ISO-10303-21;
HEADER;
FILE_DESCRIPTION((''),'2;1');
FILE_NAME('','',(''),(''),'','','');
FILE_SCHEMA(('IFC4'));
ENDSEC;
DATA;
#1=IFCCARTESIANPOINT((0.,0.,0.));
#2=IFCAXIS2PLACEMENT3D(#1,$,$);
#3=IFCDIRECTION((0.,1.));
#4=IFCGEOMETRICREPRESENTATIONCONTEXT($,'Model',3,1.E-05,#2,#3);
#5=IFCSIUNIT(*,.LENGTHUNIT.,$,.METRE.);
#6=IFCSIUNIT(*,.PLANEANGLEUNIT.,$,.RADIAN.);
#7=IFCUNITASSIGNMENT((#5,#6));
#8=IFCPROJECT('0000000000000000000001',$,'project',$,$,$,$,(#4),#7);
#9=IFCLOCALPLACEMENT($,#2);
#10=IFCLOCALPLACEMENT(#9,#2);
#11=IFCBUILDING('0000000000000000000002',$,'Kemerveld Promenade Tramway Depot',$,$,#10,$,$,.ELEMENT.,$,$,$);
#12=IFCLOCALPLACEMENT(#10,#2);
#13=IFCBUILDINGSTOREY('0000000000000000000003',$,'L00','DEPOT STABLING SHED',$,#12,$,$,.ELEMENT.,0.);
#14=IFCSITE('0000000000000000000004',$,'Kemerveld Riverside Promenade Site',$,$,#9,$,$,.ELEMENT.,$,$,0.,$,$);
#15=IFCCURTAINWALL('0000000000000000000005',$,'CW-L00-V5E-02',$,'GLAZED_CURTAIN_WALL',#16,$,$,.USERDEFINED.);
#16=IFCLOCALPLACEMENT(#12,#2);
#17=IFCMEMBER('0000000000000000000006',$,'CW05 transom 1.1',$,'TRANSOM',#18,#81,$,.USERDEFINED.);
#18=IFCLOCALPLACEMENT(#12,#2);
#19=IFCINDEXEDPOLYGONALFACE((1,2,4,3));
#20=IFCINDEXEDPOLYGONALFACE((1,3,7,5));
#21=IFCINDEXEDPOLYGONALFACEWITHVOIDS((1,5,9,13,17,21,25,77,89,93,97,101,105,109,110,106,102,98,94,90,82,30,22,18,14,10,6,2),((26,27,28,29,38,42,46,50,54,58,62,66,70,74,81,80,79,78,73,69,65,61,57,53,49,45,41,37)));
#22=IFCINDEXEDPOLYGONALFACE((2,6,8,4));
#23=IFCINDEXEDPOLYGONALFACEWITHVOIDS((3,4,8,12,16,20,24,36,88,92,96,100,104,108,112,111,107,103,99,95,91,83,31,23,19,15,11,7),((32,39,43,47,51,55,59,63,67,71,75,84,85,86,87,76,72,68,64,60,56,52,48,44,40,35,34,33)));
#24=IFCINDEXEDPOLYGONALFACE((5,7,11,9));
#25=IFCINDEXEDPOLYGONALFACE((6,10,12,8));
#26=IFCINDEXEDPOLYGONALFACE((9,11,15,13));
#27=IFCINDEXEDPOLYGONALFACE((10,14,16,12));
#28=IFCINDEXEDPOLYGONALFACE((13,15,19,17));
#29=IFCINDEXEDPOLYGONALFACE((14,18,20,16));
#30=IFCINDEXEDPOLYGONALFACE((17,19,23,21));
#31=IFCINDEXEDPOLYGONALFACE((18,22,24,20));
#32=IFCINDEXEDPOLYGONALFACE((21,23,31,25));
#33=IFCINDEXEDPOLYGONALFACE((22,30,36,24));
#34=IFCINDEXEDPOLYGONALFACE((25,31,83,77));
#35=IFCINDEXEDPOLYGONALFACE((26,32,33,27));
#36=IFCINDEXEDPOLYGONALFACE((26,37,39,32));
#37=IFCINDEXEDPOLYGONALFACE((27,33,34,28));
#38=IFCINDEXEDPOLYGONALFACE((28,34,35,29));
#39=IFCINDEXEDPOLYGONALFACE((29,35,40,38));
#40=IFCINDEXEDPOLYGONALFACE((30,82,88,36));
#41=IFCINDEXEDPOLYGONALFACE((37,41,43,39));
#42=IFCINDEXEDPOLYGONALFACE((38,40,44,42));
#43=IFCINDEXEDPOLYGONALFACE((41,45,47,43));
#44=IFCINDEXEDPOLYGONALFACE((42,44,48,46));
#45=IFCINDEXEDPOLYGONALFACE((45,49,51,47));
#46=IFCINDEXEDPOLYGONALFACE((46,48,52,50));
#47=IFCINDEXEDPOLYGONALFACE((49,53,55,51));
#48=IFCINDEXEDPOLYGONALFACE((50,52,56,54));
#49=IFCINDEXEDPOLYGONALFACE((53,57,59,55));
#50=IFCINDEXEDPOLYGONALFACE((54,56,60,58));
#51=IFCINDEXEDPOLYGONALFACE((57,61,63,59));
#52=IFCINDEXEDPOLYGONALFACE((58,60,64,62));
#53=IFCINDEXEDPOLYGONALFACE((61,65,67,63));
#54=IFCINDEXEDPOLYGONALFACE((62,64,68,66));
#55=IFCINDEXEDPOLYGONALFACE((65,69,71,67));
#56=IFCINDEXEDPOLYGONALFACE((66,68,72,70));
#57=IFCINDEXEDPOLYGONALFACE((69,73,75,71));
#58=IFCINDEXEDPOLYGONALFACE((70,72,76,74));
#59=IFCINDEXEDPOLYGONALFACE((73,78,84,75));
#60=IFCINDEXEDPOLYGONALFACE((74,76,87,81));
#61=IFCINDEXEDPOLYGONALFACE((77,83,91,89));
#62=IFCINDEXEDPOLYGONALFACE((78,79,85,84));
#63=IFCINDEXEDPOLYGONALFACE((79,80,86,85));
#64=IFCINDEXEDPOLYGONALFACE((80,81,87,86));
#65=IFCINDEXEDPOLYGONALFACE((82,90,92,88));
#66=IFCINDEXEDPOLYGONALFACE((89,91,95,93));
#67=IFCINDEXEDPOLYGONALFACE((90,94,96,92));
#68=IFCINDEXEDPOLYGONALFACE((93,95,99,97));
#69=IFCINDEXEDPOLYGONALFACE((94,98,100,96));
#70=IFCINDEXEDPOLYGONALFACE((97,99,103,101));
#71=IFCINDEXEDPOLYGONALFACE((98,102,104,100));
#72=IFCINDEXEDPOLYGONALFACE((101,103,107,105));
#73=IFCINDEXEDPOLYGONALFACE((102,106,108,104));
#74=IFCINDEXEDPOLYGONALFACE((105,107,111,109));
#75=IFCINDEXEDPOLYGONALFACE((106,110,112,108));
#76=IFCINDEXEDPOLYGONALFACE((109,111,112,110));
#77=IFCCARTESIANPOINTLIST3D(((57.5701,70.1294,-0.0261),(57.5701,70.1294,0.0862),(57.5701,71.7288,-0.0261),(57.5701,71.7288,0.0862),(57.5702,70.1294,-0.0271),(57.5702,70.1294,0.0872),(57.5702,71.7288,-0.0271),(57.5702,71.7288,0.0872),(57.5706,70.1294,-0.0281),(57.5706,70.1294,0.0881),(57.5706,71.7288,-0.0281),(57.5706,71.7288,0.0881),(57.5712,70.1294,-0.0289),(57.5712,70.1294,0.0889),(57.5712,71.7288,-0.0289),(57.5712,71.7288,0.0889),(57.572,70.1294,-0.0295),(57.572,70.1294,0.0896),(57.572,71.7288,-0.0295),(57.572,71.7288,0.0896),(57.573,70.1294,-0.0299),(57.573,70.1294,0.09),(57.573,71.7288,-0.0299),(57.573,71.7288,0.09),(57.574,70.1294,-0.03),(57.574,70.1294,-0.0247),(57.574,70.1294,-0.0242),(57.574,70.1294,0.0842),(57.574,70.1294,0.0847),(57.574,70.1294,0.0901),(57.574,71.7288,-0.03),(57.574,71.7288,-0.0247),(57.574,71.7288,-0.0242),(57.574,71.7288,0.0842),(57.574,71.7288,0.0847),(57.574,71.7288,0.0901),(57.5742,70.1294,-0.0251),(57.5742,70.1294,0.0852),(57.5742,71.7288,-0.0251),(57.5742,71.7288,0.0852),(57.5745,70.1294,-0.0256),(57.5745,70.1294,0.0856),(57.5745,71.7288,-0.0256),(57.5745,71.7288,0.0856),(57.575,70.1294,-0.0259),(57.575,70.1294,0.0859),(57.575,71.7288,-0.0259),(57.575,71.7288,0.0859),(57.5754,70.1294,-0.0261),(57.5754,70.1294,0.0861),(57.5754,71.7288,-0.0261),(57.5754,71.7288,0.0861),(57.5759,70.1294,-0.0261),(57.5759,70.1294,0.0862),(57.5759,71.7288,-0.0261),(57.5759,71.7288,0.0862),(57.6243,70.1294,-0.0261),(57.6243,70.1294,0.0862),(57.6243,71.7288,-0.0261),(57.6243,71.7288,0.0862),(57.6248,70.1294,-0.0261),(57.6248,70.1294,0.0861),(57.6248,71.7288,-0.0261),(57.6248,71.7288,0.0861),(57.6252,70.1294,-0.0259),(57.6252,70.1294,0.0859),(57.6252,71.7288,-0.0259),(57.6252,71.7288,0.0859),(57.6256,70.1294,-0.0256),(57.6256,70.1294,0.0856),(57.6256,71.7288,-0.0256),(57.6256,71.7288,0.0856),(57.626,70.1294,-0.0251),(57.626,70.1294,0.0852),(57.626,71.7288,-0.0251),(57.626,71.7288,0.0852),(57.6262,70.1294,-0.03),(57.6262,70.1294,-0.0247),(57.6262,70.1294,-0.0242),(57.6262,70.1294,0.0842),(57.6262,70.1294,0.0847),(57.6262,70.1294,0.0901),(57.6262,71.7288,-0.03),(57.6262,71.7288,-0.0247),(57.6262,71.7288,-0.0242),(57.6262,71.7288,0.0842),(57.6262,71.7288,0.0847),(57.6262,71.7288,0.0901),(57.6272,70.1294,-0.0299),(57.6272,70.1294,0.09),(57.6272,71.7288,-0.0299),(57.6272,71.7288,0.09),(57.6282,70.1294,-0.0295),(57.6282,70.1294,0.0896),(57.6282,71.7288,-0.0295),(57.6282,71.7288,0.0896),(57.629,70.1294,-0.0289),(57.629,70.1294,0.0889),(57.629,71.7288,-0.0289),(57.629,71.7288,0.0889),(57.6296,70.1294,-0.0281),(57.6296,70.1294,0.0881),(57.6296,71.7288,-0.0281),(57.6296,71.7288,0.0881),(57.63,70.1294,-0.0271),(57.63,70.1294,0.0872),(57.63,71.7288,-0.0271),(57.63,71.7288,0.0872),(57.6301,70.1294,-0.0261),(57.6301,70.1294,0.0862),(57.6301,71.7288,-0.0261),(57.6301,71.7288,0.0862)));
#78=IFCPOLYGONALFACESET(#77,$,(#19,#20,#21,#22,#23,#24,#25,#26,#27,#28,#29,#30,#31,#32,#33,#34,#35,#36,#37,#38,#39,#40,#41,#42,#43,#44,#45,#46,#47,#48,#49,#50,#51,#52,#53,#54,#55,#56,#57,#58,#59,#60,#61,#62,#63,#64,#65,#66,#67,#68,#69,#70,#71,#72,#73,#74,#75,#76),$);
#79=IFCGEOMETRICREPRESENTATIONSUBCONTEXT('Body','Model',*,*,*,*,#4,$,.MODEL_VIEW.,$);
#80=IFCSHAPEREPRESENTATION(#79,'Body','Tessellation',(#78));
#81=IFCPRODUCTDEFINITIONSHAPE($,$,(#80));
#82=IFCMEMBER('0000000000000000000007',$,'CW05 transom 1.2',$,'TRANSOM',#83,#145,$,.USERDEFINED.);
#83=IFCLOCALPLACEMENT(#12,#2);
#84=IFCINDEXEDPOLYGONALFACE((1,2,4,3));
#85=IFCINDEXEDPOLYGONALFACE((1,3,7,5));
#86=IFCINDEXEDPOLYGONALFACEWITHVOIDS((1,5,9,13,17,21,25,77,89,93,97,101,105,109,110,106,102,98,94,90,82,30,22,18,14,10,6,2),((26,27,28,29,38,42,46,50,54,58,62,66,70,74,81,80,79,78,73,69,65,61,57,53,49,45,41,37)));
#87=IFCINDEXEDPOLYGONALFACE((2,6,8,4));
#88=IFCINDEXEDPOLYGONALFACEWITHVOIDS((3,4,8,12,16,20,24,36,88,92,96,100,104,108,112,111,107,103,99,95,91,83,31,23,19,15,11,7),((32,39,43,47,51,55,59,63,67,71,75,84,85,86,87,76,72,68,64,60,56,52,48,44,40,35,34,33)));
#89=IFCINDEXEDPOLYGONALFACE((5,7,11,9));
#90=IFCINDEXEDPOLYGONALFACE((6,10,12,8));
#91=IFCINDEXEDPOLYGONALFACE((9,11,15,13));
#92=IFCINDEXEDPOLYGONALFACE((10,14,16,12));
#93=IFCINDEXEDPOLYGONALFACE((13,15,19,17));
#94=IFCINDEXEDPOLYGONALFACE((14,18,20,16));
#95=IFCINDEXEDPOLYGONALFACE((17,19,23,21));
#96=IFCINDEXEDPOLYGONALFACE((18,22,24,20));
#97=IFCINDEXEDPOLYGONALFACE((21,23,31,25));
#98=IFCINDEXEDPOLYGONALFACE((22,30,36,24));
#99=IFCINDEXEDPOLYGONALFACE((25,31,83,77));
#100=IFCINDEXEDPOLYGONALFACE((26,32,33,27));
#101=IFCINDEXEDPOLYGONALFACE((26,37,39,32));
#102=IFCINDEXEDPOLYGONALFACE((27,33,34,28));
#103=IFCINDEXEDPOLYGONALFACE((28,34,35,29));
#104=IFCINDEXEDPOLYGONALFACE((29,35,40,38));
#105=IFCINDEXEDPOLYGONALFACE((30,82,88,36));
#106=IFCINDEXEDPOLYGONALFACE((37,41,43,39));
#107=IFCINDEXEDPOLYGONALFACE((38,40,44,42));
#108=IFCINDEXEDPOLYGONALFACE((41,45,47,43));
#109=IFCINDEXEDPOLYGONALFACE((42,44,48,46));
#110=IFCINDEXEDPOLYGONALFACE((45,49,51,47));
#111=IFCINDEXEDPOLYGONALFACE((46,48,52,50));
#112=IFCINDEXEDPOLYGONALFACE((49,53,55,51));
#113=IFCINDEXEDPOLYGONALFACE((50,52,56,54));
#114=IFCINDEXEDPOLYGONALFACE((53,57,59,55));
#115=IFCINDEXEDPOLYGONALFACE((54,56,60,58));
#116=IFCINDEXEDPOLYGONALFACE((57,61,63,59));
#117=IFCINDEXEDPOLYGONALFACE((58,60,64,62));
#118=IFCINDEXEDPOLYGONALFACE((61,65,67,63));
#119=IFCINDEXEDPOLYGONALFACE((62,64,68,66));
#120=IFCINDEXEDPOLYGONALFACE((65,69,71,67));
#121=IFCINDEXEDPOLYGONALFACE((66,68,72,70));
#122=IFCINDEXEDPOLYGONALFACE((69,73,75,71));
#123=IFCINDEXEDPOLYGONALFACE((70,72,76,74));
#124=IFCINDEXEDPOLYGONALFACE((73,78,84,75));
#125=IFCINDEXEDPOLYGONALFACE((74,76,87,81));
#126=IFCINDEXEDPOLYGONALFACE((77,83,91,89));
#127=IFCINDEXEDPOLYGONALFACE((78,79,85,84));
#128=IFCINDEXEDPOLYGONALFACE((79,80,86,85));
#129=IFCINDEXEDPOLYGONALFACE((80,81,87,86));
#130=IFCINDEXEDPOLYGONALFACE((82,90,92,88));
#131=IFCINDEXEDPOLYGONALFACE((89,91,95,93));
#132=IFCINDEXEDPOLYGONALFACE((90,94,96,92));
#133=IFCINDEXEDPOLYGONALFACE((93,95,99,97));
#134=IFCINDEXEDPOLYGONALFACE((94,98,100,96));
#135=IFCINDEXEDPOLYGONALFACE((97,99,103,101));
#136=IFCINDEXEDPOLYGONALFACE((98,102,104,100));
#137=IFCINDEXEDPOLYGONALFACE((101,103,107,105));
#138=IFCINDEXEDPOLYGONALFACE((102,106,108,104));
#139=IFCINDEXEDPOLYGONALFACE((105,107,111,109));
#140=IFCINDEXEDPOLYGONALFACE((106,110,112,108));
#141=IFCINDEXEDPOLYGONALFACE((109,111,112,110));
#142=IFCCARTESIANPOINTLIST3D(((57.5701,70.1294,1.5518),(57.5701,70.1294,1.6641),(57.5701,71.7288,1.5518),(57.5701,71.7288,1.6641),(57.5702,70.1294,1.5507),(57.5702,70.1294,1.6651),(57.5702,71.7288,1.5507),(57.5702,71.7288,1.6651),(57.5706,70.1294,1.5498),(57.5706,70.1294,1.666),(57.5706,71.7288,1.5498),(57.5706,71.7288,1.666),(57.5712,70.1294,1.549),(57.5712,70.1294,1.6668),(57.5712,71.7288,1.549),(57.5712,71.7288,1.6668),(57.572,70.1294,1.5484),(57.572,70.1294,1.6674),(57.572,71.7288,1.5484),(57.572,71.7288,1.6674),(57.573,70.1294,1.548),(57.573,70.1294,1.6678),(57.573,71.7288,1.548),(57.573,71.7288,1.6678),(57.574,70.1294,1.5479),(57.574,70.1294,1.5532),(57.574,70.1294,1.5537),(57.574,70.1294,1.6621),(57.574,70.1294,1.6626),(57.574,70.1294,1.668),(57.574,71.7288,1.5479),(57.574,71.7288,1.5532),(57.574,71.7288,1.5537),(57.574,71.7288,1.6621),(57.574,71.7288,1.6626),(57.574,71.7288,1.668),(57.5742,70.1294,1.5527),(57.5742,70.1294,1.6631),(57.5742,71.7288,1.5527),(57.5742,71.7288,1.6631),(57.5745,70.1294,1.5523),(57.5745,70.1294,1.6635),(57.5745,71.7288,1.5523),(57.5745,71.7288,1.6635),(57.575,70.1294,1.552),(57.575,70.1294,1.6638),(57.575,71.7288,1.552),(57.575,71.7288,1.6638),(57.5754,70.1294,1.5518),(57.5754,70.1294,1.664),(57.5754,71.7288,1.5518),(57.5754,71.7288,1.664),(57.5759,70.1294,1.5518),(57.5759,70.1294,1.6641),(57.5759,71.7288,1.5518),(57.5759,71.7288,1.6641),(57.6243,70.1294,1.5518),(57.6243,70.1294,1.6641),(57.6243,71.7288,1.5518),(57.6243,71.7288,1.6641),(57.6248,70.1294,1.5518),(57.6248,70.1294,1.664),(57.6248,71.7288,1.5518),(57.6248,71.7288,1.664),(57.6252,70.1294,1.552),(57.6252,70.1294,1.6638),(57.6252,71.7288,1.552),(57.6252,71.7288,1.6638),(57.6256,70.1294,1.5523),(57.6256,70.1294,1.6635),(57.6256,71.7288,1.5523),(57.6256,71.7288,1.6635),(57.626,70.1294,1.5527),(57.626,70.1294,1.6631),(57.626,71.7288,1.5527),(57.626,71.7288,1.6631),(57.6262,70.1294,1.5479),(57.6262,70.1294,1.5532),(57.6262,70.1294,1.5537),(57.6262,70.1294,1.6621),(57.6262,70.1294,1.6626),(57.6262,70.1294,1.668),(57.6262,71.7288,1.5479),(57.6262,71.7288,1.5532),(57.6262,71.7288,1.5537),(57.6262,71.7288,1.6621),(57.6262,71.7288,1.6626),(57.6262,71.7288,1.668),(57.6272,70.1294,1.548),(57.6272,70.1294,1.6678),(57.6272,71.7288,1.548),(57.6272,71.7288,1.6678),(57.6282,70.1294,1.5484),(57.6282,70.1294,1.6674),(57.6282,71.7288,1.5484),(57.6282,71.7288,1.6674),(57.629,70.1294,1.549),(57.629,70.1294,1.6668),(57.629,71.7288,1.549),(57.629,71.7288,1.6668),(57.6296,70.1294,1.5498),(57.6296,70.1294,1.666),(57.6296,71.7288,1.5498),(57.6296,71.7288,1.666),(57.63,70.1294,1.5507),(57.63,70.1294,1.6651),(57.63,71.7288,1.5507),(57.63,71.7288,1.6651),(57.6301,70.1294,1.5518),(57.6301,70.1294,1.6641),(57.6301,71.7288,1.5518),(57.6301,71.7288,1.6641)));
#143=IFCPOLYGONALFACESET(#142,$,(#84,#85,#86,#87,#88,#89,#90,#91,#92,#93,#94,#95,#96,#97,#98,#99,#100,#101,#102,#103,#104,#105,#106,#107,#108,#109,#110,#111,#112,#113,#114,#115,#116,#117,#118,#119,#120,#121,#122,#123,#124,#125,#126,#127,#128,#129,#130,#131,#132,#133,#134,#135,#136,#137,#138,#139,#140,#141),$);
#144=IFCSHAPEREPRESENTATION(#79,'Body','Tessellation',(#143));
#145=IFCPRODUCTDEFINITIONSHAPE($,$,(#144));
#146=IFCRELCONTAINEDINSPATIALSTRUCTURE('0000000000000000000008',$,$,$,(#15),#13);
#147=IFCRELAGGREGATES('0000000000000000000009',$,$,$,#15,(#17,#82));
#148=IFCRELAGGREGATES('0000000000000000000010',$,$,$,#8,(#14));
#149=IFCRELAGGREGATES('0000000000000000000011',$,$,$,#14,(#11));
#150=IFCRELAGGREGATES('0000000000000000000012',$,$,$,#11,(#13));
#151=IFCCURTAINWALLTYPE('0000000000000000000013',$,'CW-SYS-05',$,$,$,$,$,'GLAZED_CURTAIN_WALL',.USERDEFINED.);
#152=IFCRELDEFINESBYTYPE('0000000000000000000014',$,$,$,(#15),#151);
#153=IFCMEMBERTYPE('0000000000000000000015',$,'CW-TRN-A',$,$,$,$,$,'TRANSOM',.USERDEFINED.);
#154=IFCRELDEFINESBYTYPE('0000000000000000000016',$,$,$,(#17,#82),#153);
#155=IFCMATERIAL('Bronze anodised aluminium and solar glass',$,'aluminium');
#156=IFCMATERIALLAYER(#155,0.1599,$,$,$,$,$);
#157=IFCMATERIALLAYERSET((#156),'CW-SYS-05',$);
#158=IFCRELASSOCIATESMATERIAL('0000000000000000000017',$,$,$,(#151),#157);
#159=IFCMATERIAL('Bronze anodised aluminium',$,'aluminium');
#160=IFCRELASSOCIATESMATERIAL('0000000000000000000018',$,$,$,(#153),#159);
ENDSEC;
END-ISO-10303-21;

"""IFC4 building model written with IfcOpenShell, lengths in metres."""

from ifc_helpers import new_model, si_unit, direction, frame, origin, origin_2d, place, context, subcontext, project, spatial, hollow_rectangle, extrude, material, layer, layer_set, material_profile, profile_set, type_object, element, aggregate, save


model = new_model("IFC4")

# Units and contexts
model_context = context("Model", 3, precision=1e-05, world=origin(), true_north=direction((0.0, 1.0)))
body_context = subcontext(model_context, "Body", "Model", "MODEL_VIEW")
ifc_project = project(units=[si_unit("LENGTHUNIT", "METRE"), si_unit("PLANEANGLEUNIT", "RADIAN")], contexts=[model_context])

# Site, building, storey
site_placement = place(None, origin())
site = spatial("IfcSite", under=ifc_project, at=site_placement, Name="Kemerveld Riverside Promenade Site", CompositionType="ELEMENT", RefElevation=0.0)
building_placement = place(site_placement, origin())
building = spatial("IfcBuilding", under=site, at=building_placement, Name="Kemerveld Promenade Tramway Depot", CompositionType="ELEMENT")
storey_placement = place(building_placement, origin())
storey = spatial("IfcBuildingStorey", under=building, at=storey_placement, Name="L00", Description="DEPOT STABLING SHED", CompositionType="ELEMENT", Elevation=0.0)

# Curtain wall, members
ifc_material_1 = material(Name="Bronze anodised aluminium and solar glass", Category="aluminium")
ifc_layer_1 = layer(ifc_material_1, 0.1599)
ifc_layer_set_1 = layer_set([ifc_layer_1], Name="CW-SYS-05")
curtain_wall_type = type_object("IfcCurtainWallType", Name="CW-SYS-05", ElementType="GLAZED_CURTAIN_WALL", PredefinedType="USERDEFINED", material=ifc_layer_set_1)
curtain_wall_placement = place(storey_placement, origin())
curtain_wall = element("IfcCurtainWall", 1, at=curtain_wall_placement, inside=storey, type_object=curtain_wall_type, Name="CW-L00-V5E-02", ObjectType="GLAZED_CURTAIN_WALL", PredefinedType="USERDEFINED")
ifc_material_2 = material(Name="Bronze anodised aluminium", Category="aluminium")
ifc_material_profile_1 = material_profile(ifc_material_2, hollow_rectangle(XDim=0.0601, YDim=0.1201, WallThickness=0.0039, InnerFilletRadius=0.002, OuterFilletRadius=0.0039, at=origin_2d()), Name="CW-TRN-120x60")
ifc_profile_set_1 = profile_set([ifc_material_profile_1], Name="Bronze anodised aluminium")
member_type_1 = type_object("IfcMemberType", Name="CW-TRN-A", ElementType="TRANSOM", PredefinedType="USERDEFINED", material=ifc_profile_set_1)
member_1_placement = place(storey_placement, frame((57.6001, 71.7288, 0.03), z_axis=(0.0, -1.0, 0.0), x_axis=(1.0, 0.0, 0.0)))
member_1 = element("IfcMember", 2, at=member_1_placement, type_object=member_type_1, Name="CW05 transom 1.1", ObjectType="TRANSOM", PredefinedType="USERDEFINED", context=body_context, shape_type="SweptSolid", body=[
    extrude(hollow_rectangle(XDim=0.0601, YDim=0.1201, WallThickness=0.0039, InnerFilletRadius=0.002, OuterFilletRadius=0.0039, at=origin_2d()), origin(), (0.0, 0.0, 1.0), 1.5994),
])
member_2_placement = place(storey_placement, frame((57.6001, 71.7288, 1.6079), z_axis=(0.0, -1.0, 0.0), x_axis=(1.0, 0.0, 0.0)))
member_2 = element("IfcMember", 3, at=member_2_placement, type_object=member_type_1, Name="CW05 transom 1.2", ObjectType="TRANSOM", PredefinedType="USERDEFINED", context=body_context, shape_type="SweptSolid", body=[
    extrude(hollow_rectangle(XDim=0.0601, YDim=0.1201, WallThickness=0.0039, InnerFilletRadius=0.002, OuterFilletRadius=0.0039, at=origin_2d()), origin(), (0.0, 0.0, 1.0), 1.5994),
])
aggregate(curtain_wall, [member_1, member_2])

save(model, "model.ifc")
